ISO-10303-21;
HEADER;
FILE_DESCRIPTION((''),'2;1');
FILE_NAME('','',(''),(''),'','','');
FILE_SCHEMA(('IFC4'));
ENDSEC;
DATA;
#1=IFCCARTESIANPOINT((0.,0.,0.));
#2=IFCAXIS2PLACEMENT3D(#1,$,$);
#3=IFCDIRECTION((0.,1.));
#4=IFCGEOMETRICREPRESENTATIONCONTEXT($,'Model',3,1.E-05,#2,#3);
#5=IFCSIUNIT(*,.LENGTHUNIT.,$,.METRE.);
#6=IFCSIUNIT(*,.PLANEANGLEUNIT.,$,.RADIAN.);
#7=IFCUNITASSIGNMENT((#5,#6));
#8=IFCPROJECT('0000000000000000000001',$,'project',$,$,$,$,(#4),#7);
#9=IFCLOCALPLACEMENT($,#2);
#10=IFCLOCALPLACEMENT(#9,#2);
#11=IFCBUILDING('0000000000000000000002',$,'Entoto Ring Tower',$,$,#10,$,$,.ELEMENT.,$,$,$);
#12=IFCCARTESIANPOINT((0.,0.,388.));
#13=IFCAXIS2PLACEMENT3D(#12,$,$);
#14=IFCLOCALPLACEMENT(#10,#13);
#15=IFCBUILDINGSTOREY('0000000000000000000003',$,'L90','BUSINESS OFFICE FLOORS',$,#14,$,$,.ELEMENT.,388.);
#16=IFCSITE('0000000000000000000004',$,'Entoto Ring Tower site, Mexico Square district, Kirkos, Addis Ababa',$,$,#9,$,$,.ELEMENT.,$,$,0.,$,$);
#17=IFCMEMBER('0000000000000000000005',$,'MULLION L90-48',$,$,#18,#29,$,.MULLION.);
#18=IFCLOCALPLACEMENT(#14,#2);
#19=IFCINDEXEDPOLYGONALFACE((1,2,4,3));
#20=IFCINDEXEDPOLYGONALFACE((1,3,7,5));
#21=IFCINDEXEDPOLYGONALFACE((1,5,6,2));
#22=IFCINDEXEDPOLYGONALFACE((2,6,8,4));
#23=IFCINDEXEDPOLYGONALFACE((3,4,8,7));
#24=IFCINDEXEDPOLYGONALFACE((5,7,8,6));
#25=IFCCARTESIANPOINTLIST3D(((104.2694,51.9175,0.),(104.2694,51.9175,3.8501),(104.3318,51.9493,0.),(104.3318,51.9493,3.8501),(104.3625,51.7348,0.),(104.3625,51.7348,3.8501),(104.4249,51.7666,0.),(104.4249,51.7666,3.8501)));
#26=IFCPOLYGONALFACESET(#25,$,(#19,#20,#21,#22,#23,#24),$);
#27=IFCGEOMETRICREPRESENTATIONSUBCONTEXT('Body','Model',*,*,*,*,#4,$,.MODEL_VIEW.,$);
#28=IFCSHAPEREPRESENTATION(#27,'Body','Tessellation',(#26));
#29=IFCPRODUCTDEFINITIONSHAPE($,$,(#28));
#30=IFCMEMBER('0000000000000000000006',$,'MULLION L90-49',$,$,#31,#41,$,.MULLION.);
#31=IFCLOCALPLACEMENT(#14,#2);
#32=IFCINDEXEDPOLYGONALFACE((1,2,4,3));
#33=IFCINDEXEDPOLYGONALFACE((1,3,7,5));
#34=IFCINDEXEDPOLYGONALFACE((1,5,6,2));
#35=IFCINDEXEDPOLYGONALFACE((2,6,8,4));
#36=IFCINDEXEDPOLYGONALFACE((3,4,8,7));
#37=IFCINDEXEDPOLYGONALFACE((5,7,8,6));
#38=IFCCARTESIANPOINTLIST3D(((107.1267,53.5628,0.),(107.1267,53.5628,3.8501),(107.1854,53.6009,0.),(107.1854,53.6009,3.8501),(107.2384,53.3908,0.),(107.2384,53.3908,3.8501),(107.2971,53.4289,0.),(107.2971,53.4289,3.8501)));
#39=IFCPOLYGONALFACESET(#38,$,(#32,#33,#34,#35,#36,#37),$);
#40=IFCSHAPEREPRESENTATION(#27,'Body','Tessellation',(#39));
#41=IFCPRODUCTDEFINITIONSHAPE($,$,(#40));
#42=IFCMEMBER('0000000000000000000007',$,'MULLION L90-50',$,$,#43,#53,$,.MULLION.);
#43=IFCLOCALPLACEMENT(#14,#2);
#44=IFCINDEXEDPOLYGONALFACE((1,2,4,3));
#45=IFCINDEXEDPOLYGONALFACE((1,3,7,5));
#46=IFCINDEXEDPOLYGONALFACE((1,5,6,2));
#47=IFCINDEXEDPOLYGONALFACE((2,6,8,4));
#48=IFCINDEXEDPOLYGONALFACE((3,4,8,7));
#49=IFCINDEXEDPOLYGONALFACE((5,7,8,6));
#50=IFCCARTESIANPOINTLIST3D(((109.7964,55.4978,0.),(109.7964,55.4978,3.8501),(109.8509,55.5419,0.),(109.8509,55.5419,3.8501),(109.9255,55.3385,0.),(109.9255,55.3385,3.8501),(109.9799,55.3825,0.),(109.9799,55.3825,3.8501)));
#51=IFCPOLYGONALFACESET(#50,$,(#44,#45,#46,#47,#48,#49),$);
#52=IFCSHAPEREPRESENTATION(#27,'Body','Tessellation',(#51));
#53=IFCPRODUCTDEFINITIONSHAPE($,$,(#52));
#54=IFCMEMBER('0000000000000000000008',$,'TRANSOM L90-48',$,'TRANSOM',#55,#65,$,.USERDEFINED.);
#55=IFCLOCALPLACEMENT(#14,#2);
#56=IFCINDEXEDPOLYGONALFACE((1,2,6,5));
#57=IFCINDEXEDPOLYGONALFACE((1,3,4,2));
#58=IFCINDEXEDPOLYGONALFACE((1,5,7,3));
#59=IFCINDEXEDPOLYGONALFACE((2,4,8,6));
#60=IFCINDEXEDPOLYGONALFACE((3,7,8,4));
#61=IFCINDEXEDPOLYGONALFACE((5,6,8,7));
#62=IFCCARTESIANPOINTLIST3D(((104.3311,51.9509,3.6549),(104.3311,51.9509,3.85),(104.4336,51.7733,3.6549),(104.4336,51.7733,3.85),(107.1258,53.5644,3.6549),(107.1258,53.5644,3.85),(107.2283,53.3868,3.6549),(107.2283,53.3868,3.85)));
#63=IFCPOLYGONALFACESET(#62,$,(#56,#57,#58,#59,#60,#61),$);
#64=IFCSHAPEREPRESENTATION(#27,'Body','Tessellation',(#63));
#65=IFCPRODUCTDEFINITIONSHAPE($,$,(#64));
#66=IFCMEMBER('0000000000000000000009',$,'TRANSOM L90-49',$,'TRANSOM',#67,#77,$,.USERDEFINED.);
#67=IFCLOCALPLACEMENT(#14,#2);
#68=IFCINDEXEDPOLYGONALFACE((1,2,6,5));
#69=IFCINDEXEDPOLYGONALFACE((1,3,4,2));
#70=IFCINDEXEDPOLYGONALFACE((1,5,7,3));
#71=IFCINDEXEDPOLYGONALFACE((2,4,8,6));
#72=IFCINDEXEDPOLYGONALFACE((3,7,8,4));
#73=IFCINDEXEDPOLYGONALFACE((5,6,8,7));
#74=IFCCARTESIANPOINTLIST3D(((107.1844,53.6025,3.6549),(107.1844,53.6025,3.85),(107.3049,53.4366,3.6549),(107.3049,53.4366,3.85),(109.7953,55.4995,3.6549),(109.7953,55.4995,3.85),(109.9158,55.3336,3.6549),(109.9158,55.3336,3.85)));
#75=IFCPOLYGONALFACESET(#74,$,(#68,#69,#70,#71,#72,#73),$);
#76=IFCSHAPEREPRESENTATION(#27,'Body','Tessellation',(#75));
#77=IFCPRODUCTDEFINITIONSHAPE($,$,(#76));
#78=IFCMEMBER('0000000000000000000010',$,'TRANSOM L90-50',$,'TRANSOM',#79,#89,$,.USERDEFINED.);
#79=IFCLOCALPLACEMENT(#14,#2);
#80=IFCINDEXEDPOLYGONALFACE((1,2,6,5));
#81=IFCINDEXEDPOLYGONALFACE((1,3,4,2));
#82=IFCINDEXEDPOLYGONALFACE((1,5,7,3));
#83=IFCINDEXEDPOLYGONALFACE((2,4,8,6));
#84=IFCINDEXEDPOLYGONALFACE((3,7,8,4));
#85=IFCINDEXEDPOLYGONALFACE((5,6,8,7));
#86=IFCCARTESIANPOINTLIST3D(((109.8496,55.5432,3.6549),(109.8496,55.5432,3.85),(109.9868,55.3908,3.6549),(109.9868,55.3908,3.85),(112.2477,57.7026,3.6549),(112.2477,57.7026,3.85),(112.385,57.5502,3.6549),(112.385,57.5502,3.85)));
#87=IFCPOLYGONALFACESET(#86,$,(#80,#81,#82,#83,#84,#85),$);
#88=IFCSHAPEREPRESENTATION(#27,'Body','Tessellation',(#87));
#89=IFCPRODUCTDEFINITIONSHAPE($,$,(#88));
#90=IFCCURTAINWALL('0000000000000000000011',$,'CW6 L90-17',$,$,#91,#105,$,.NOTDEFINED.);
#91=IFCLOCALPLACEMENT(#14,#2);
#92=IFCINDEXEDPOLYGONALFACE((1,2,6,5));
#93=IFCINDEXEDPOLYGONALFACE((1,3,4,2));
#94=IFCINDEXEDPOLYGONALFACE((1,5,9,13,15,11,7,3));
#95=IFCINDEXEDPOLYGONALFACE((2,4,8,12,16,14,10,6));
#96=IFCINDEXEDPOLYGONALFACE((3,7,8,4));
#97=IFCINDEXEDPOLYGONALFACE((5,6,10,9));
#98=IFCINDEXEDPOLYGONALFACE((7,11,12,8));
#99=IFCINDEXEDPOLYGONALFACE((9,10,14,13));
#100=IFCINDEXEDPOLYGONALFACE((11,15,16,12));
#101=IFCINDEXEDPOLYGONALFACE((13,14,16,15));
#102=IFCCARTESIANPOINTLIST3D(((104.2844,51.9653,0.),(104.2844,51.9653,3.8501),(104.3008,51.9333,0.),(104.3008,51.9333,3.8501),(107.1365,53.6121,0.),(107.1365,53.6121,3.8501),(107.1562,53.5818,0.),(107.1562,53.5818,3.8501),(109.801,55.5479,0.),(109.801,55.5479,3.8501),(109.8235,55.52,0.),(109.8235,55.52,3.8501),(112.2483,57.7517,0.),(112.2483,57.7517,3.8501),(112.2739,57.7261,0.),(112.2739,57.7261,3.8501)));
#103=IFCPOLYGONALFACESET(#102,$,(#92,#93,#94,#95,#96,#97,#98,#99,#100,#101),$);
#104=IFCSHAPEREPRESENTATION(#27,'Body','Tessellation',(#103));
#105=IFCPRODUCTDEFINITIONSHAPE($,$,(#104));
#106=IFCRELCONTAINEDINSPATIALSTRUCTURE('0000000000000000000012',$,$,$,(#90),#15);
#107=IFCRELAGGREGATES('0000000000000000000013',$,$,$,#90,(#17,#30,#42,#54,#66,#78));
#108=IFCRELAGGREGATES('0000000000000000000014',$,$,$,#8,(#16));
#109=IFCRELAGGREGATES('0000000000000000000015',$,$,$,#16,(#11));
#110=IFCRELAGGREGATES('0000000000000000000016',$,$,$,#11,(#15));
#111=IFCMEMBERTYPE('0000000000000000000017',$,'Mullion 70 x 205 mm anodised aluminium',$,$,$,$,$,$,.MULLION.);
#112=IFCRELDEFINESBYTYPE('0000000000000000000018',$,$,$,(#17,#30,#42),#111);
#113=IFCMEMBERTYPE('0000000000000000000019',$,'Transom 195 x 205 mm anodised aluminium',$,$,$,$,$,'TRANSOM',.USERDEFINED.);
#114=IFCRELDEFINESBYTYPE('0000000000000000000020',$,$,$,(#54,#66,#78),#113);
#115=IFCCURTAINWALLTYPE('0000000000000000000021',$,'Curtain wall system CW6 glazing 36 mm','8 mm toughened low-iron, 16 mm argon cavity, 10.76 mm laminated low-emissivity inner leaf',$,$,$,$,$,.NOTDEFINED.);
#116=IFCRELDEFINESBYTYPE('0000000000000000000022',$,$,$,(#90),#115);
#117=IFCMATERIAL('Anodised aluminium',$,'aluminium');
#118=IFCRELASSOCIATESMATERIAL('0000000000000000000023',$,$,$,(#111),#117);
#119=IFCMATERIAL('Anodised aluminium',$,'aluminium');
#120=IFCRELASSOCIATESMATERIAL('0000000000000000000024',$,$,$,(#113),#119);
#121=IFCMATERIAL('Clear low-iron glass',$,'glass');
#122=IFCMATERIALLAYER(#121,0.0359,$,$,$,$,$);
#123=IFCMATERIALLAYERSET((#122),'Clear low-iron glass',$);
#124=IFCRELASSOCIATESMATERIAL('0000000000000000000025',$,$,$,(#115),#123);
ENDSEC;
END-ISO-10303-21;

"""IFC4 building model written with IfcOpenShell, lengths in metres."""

from ifc_helpers import new_model, si_unit, direction, frame, origin, origin_2d, place, context, subcontext, project, spatial, polyline, rectangle, outline, extrude, material, layer, layer_set, material_profile, profile_set, type_object, element, aggregate, save


model = new_model("IFC4")

# Units and contexts
model_context = context("Model", 3, precision=1e-05, world=origin(), true_north=direction((0.0, 1.0)))
body_context = subcontext(model_context, "Body", "Model", "MODEL_VIEW")
ifc_project = project(units=[si_unit("LENGTHUNIT", "METRE"), si_unit("PLANEANGLEUNIT", "RADIAN")], contexts=[model_context])

# Members
ifc_material_1 = material(Name="Anodised aluminium", Category="aluminium")
ifc_material_profile_1 = material_profile(ifc_material_1, rectangle(XDim=0.0701, YDim=0.2051, at=origin_2d()), Name="Mullion 70 x 205 mm anodised aluminium")
ifc_profile_set_1 = profile_set([ifc_material_profile_1], Name="Anodised aluminium")
member_type_1 = type_object("IfcMemberType", Name="Mullion 70 x 205 mm anodised aluminium", PredefinedType="MULLION", material=ifc_profile_set_1)
site_placement = place(None, origin())
building_placement = place(site_placement, origin())
storey_placement = place(building_placement, frame((0.0, 0.0, 388.0)))
member_1_placement = place(storey_placement, frame((104.3472, 51.842, 0.0), z_axis=(0.0, 0.0, 1.0), x_axis=(0.891007, 0.45399, 0.0)))
member_1 = element("IfcMember", 1, at=member_1_placement, type_object=member_type_1, Name="MULLION L90-48", PredefinedType="MULLION", context=body_context, shape_type="SweptSolid", body=[
    extrude(rectangle(XDim=0.0701, YDim=0.2051, at=origin_2d()), origin(), (0.0, 0.0, 1.0), 3.8501),
])
member_2_placement = place(storey_placement, frame((107.2119, 53.4958, 0.0), z_axis=(0.0, 0.0, 1.0), x_axis=(0.838671, 0.544639, 0.0)))
member_2 = element("IfcMember", 2, at=member_2_placement, type_object=member_type_1, Name="MULLION L90-49", PredefinedType="MULLION", context=body_context, shape_type="SweptSolid", body=[
    extrude(rectangle(XDim=0.0701, YDim=0.2051, at=origin_2d()), origin(), (0.0, 0.0, 1.0), 3.8501),
])
member_3_placement = place(storey_placement, frame((109.8882, 55.4402, 0.0), z_axis=(0.0, 0.0, 1.0), x_axis=(0.777146, 0.62932, 0.0)))
member_3 = element("IfcMember", 3, at=member_3_placement, type_object=member_type_1, Name="MULLION L90-50", PredefinedType="MULLION", context=body_context, shape_type="SweptSolid", body=[
    extrude(rectangle(XDim=0.0701, YDim=0.2051, at=origin_2d()), origin(), (0.0, 0.0, 1.0), 3.8501),
])
ifc_material_2 = material(Name="Anodised aluminium", Category="aluminium")
ifc_material_profile_2 = material_profile(ifc_material_2, rectangle(XDim=0.2051, YDim=0.1951, at=origin_2d()), Name="Transom 195 x 205 mm anodised aluminium")
ifc_profile_set_2 = profile_set([ifc_material_profile_2], Name="Anodised aluminium")
member_type_2 = type_object("IfcMemberType", Name="Transom 195 x 205 mm anodised aluminium", ElementType="TRANSOM", PredefinedType="USERDEFINED", material=ifc_profile_set_2)
member_4_placement = place(storey_placement, frame((104.3823, 51.8621, 3.7524), z_axis=(0.866023, 0.500004, 0.0), x_axis=(-0.500004, 0.866023, 0.0)))
member_4 = element("IfcMember", 4, at=member_4_placement, type_object=member_type_2, Name="TRANSOM L90-48", ObjectType="TRANSOM", PredefinedType="USERDEFINED", context=body_context, shape_type="SweptSolid", body=[
    extrude(rectangle(XDim=0.2051, YDim=0.1951, at=origin_2d()), origin(), (0.0, 0.0, 1.0), 3.2271),
])
member_5_placement = place(storey_placement, frame((107.2446, 53.5195, 3.7524), z_axis=(0.809004, 0.587803, 0.0), x_axis=(-0.587803, 0.809004, 0.0)))
member_5 = element("IfcMember", 5, at=member_5_placement, type_object=member_type_2, Name="TRANSOM L90-49", ObjectType="TRANSOM", PredefinedType="USERDEFINED", context=body_context, shape_type="SweptSolid", body=[
    extrude(rectangle(XDim=0.2051, YDim=0.1951, at=origin_2d()), origin(), (0.0, 0.0, 1.0), 3.2273),
])
member_6_placement = place(storey_placement, frame((109.9182, 55.467, 3.7524), z_axis=(0.743132, 0.669144, 0.0), x_axis=(-0.669144, 0.743132, 0.0)))
member_6 = element("IfcMember", 6, at=member_6_placement, type_object=member_type_2, Name="TRANSOM L90-50", ObjectType="TRANSOM", PredefinedType="USERDEFINED", context=body_context, shape_type="SweptSolid", body=[
    extrude(rectangle(XDim=0.2051, YDim=0.1951, at=origin_2d()), origin(), (0.0, 0.0, 1.0), 3.2271),
])

# Site, building, storey
site = spatial("IfcSite", under=ifc_project, at=site_placement, Name="Entoto Ring Tower site, Mexico Square district, Kirkos, Addis Ababa", CompositionType="ELEMENT", RefElevation=0.0)
building = spatial("IfcBuilding", under=site, at=building_placement, Name="Entoto Ring Tower", CompositionType="ELEMENT")
storey = spatial("IfcBuildingStorey", under=building, at=storey_placement, Name="L90", Description="BUSINESS OFFICE FLOORS", CompositionType="ELEMENT", Elevation=388.0)

# Curtain wall
ifc_material_3 = material(Name="Clear low-iron glass", Category="glass")
ifc_layer = layer(ifc_material_3, 0.0359)
ifc_layer_set = layer_set([ifc_layer], Name="Clear low-iron glass")
curtain_wall_type = type_object("IfcCurtainWallType", Name="Curtain wall system CW6 glazing 36 mm", Description="8 mm toughened low-iron, 16 mm argon cavity, 10.76 mm laminated low-emissivity inner leaf", PredefinedType="NOTDEFINED", material=ifc_layer_set)
curtain_wall_1_placement = place(storey_placement, origin())
curtain_wall_1 = element("IfcCurtainWall", 7, at=curtain_wall_1_placement, inside=storey, type_object=curtain_wall_type, Name="CW6 L90-17", PredefinedType="NOTDEFINED", context=body_context, shape_type="SweptSolid", body=[
    extrude(outline(polyline([(104.3008, 51.9333), (107.1562, 53.5818), (109.8235, 55.52), (112.2739, 57.7261), (112.2483, 57.7517), (109.801, 55.5479), (107.1365, 53.6121), (104.2844, 51.9653), (104.3008, 51.9333)])), origin(), (0.0, 0.0, 1.0), 3.8501),
])
aggregate(curtain_wall_1, [member_1, member_2, member_3, member_4, member_5, member_6])

save(model, "model.ifc")
